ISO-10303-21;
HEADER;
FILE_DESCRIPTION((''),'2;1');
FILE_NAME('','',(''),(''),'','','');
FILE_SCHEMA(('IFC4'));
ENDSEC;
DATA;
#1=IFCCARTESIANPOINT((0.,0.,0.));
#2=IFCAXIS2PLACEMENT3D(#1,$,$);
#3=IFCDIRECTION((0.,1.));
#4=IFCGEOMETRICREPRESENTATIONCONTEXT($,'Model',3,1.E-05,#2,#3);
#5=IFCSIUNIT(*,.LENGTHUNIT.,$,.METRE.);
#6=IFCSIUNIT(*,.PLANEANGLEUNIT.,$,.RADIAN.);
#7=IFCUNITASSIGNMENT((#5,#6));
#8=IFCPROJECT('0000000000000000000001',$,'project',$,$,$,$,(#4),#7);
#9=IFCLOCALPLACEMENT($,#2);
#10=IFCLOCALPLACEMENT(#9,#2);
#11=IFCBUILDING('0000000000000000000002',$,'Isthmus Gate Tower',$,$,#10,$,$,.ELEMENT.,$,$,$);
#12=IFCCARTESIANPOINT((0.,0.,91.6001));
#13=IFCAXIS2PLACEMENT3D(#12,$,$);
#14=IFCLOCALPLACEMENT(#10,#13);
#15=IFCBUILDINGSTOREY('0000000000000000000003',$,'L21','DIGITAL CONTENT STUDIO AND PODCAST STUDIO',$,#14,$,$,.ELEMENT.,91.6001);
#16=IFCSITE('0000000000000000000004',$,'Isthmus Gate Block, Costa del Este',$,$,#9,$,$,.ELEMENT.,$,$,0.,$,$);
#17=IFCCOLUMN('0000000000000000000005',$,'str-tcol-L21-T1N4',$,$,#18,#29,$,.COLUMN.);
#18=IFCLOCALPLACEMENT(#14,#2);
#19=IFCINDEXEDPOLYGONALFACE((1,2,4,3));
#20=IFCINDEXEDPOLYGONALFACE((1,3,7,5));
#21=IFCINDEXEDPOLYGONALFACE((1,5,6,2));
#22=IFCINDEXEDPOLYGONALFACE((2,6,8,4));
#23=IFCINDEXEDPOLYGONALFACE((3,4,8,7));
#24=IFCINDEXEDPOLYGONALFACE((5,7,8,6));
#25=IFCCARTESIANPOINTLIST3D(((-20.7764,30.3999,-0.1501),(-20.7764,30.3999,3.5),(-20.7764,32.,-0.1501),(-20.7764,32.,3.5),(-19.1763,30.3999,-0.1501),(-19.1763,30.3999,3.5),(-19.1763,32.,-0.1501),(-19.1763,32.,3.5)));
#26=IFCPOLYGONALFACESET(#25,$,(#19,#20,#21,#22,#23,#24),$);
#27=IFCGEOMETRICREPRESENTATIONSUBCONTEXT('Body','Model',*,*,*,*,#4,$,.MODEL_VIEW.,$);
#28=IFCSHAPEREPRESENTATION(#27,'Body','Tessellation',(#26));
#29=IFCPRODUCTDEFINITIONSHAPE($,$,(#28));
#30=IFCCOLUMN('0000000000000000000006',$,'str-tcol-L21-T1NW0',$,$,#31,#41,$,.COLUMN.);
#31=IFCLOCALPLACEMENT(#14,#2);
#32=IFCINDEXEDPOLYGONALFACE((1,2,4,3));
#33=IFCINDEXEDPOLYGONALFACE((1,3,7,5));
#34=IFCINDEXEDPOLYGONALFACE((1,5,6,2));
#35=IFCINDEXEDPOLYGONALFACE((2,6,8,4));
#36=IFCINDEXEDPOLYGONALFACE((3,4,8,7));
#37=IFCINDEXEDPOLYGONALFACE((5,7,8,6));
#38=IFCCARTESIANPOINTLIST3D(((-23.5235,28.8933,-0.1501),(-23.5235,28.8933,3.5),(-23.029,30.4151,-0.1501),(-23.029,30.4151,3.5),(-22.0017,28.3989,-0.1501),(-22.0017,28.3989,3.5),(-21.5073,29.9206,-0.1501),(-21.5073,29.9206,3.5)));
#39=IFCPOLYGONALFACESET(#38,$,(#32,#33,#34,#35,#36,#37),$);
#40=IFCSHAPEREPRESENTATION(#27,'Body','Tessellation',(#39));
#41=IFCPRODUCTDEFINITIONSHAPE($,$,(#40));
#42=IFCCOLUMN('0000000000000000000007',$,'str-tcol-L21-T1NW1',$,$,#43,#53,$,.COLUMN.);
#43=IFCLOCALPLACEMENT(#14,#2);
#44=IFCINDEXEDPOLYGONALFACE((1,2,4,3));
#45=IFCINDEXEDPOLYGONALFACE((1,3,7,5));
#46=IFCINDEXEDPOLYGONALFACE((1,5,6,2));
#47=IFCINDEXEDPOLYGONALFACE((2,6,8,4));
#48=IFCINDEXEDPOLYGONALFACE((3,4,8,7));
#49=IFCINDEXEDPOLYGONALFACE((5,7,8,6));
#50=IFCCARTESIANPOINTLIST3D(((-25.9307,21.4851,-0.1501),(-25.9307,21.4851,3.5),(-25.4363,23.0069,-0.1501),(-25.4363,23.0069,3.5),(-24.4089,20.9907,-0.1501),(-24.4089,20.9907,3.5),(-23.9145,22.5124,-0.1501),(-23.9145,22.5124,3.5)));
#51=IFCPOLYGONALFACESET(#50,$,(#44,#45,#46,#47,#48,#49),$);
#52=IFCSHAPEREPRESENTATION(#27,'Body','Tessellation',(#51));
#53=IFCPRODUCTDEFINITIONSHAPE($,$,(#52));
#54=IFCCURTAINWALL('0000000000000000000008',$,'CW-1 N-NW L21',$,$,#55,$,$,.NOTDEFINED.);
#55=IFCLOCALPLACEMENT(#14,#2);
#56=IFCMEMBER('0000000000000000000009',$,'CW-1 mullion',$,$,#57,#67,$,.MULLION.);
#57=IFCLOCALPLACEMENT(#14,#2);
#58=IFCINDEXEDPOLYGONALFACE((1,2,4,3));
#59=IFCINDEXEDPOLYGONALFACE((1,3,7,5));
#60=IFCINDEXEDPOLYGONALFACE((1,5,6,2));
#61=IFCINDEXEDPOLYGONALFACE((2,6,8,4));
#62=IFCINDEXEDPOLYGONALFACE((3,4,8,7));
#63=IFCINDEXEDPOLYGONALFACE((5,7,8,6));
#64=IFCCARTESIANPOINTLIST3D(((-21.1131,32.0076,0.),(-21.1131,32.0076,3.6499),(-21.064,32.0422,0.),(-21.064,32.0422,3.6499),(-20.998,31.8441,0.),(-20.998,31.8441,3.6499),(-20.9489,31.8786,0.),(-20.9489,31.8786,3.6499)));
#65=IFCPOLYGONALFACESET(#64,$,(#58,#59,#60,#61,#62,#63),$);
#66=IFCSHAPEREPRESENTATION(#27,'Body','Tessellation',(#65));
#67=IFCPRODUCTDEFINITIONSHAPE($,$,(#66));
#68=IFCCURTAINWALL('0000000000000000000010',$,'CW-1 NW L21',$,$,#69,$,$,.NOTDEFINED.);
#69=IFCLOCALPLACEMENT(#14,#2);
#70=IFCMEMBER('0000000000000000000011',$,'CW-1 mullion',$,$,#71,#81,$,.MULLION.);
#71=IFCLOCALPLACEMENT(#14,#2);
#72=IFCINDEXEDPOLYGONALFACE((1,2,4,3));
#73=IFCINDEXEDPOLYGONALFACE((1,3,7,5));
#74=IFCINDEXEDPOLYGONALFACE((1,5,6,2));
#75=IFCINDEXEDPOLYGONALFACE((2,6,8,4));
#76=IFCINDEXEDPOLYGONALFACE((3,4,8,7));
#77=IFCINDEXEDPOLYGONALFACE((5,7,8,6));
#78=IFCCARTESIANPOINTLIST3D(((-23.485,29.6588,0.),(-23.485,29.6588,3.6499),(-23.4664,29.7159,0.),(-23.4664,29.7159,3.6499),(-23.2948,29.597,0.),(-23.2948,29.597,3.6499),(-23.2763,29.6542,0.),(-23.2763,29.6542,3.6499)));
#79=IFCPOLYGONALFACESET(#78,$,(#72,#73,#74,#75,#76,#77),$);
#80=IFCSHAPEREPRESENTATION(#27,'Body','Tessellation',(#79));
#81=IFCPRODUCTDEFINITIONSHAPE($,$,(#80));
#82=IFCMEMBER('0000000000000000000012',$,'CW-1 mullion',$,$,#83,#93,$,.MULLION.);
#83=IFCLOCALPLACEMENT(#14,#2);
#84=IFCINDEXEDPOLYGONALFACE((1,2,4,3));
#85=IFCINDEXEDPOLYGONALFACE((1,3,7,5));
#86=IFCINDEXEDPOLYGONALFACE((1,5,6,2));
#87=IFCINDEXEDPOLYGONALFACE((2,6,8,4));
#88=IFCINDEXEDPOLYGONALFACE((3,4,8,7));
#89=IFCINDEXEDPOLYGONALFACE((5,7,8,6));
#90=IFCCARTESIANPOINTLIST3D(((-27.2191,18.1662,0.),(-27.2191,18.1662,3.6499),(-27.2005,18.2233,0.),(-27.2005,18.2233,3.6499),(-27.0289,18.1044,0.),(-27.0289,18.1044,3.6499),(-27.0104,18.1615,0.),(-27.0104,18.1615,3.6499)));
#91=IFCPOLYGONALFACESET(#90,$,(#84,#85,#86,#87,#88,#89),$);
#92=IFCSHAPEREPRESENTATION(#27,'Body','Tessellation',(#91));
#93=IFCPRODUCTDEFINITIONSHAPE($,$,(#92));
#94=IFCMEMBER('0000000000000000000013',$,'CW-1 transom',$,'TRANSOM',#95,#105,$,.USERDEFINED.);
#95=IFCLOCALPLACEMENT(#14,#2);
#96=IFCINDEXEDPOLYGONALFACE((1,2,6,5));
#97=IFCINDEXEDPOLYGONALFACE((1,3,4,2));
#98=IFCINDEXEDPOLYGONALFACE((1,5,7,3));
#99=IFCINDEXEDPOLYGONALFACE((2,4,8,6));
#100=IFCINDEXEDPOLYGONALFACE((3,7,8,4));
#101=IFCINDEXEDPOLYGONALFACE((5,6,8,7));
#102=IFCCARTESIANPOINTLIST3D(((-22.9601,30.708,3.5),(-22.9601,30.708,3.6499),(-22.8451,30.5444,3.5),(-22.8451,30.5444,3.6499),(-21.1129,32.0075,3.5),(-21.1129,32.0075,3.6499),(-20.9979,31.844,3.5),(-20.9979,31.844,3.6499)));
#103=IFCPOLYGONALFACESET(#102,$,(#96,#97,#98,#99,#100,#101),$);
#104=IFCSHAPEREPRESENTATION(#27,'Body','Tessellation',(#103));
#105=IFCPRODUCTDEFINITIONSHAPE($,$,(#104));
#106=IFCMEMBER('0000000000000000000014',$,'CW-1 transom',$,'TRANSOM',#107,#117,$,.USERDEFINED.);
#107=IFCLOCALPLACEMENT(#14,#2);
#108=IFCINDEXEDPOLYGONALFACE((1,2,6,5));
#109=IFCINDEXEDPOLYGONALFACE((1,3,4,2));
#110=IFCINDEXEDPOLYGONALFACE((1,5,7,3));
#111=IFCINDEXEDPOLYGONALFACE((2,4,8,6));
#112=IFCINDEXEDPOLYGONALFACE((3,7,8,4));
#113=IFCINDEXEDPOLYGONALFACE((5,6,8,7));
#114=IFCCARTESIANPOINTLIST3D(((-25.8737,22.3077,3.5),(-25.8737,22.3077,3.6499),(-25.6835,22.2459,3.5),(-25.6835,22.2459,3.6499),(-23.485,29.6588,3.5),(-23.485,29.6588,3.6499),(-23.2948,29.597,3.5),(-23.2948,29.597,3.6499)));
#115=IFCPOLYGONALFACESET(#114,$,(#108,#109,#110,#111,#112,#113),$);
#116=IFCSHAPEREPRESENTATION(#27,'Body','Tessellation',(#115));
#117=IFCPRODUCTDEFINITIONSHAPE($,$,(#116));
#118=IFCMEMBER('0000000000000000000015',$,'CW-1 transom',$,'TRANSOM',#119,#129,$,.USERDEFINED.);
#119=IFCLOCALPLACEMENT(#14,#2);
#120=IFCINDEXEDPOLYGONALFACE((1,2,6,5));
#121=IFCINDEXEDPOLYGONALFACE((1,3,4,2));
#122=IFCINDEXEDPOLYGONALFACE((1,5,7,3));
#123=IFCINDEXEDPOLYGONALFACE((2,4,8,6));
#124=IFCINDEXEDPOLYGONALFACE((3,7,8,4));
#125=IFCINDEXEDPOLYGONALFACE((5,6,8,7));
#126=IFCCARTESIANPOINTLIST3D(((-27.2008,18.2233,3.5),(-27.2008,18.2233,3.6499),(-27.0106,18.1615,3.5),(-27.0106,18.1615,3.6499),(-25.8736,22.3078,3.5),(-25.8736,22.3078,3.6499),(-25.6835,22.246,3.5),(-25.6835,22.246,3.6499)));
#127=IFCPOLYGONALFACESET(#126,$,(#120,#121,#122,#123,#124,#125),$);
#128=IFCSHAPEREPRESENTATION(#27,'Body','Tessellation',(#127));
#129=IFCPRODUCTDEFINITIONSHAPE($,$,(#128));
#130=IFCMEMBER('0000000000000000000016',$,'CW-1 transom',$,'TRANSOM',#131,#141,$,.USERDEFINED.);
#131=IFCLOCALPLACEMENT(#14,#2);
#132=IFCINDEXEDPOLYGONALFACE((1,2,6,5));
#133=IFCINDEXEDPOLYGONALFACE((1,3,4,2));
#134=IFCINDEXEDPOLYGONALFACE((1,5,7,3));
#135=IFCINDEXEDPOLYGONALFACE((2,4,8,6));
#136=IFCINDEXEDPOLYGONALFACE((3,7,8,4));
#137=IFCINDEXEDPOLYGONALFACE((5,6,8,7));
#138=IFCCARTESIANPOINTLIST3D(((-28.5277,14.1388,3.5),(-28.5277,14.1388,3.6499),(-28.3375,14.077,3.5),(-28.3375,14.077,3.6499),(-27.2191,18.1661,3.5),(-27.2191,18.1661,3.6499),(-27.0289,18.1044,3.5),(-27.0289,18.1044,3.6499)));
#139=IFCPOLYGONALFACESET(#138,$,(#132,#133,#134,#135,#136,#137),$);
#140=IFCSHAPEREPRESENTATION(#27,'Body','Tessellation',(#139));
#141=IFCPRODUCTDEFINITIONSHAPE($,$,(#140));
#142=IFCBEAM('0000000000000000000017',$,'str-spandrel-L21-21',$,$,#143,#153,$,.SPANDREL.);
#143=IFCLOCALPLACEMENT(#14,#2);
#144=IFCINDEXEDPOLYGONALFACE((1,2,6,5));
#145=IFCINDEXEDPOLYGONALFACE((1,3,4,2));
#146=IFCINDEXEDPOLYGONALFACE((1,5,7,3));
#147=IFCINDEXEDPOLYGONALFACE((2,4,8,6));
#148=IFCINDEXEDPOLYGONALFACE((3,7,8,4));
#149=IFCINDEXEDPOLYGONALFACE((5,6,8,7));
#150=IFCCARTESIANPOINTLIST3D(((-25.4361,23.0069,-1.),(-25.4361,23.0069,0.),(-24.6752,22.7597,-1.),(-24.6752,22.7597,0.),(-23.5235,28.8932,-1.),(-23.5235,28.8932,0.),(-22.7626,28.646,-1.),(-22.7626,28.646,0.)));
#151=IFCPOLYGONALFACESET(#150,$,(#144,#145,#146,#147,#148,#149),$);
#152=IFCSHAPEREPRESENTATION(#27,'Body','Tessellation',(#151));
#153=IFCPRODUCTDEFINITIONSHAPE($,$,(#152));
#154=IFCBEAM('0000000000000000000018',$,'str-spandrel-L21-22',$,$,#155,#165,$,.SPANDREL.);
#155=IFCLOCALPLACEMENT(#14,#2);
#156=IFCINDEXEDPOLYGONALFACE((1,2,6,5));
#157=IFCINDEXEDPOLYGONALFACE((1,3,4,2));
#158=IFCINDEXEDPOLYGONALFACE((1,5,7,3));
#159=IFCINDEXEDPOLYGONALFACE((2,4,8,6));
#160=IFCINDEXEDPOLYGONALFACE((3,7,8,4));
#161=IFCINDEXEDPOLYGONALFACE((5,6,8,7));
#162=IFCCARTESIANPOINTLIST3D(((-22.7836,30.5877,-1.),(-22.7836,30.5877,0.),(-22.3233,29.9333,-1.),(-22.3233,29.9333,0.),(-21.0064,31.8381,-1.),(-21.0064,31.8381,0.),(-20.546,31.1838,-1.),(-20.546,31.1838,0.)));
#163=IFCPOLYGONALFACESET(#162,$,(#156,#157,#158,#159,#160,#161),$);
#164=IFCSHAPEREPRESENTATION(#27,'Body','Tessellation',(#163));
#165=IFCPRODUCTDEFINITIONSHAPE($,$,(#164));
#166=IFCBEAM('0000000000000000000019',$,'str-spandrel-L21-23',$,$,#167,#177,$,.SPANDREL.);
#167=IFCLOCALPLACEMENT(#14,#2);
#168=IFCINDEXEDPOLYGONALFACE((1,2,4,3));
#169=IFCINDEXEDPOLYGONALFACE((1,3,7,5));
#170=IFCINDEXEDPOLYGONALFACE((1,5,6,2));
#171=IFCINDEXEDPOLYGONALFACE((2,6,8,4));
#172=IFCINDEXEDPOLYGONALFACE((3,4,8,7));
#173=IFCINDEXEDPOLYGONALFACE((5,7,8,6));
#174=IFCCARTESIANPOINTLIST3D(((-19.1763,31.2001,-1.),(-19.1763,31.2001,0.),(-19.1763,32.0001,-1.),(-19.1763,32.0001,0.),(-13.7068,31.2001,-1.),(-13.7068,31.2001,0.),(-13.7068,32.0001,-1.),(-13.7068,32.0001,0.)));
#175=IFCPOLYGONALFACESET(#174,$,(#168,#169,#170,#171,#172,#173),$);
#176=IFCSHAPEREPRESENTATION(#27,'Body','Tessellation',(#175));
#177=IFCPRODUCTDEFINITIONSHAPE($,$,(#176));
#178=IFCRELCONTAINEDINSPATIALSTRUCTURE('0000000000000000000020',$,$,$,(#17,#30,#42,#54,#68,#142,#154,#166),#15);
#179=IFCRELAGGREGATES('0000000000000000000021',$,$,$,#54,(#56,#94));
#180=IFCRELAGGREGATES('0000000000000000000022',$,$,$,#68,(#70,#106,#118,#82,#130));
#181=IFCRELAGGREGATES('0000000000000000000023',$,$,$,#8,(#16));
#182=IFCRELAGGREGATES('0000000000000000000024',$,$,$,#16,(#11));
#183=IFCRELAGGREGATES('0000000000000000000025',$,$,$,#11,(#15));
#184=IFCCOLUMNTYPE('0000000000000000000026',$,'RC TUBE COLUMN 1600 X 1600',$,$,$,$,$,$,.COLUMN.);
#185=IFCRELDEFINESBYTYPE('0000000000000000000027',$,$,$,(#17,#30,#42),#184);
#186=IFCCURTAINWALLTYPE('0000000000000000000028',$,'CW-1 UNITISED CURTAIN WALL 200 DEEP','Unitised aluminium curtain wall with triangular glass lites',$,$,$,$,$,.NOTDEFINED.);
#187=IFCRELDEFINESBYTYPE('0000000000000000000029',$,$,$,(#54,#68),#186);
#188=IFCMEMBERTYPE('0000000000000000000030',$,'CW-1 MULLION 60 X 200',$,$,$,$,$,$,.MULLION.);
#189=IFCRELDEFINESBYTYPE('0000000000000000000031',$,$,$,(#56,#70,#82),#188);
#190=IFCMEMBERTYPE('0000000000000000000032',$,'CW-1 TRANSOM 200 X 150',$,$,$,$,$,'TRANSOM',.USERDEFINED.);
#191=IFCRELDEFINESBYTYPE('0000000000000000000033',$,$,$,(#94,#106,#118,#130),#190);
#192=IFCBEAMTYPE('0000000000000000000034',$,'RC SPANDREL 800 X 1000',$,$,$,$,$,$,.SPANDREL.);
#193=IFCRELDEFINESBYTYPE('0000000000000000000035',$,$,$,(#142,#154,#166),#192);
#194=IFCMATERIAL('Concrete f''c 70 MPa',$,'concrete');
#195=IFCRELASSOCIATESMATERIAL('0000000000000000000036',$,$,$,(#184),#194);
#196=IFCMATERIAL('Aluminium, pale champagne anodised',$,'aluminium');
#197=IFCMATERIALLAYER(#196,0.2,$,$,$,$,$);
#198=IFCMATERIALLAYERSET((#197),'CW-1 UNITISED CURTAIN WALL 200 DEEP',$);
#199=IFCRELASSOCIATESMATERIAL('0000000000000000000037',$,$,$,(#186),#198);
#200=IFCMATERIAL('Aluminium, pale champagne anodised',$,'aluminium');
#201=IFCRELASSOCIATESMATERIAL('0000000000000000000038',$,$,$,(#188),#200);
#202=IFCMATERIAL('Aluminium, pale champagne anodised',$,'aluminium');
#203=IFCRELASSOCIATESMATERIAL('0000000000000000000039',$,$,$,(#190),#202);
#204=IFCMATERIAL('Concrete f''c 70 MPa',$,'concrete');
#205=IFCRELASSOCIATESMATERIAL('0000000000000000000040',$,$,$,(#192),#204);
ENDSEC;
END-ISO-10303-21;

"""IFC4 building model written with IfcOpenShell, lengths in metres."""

from ifc_helpers import new_model, si_unit, direction, frame, origin, origin_2d, place, context, subcontext, project, spatial, rectangle, extrude, material, layer, layer_set, material_profile, profile_set, type_object, element, aggregate, save


model = new_model("IFC4")

# Units and contexts
model_context = context("Model", 3, precision=1e-05, world=origin(), true_north=direction((0.0, 1.0)))
body_context = subcontext(model_context, "Body", "Model", "MODEL_VIEW")
ifc_project = project(units=[si_unit("LENGTHUNIT", "METRE"), si_unit("PLANEANGLEUNIT", "RADIAN")], contexts=[model_context])

# Site, building, storey
site_placement = place(None, origin())
site = spatial("IfcSite", under=ifc_project, at=site_placement, Name="Isthmus Gate Block, Costa del Este", CompositionType="ELEMENT", RefElevation=0.0)
building_placement = place(site_placement, origin())
building = spatial("IfcBuilding", under=site, at=building_placement, Name="Isthmus Gate Tower", CompositionType="ELEMENT")
storey_placement = place(building_placement, frame((0.0, 0.0, 91.6001)))
storey = spatial("IfcBuildingStorey", under=building, at=storey_placement, Name="L21", Description="DIGITAL CONTENT STUDIO AND PODCAST STUDIO", CompositionType="ELEMENT", Elevation=91.6001)

# Columns
ifc_material_1 = material(Name="Concrete f'c 70 MPa", Category="concrete")
ifc_material_profile_1 = material_profile(ifc_material_1, rectangle(XDim=1.6001, YDim=1.6001, at=origin_2d()), Name="RC 1600X1600")
ifc_profile_set_1 = profile_set([ifc_material_profile_1], Name="Concrete f'c 70 MPa")
column_type = type_object("IfcColumnType", Name="RC TUBE COLUMN 1600 X 1600", PredefinedType="COLUMN", material=ifc_profile_set_1)
for number, where, z_axis, x_axis, name in (
    (1, (-19.9763, 31.2, -0.1501), (0.0, 0.0, 1.0), (-1.0, 0.0, 0.0), "str-tcol-L21-T1N4"),
    (2, (-22.5154, 29.407, -0.1501), (0.0, 0.0, 1.0), (-0.309017, -0.951057, 0.0), "str-tcol-L21-T1NW0"),
    (3, (-24.9226, 21.9988, -0.1501), (0.0, 0.0, 1.0), (-0.309017, -0.951057, 0.0), "str-tcol-L21-T1NW1"),
):
    element("IfcColumn", number, at=place(storey_placement, frame(where, z_axis=z_axis, x_axis=x_axis)), inside=storey, type_object=column_type, Name=name, PredefinedType="COLUMN", context=body_context, shape_type="SweptSolid", body=[
        extrude(rectangle(XDim=1.6001, YDim=1.6001, at=origin_2d()), origin(), (0.0, 0.0, 1.0), 3.6501),
    ])

# Curtain wall, member
ifc_material_2 = material(Name="Aluminium, pale champagne anodised", Category="aluminium")
ifc_layer_1 = layer(ifc_material_2, 0.2)
ifc_layer_set_1 = layer_set([ifc_layer_1], Name="CW-1 UNITISED CURTAIN WALL 200 DEEP")
curtain_wall_type = type_object("IfcCurtainWallType", Name="CW-1 UNITISED CURTAIN WALL 200 DEEP", Description="Unitised aluminium curtain wall with triangular glass lites", PredefinedType="NOTDEFINED", material=ifc_layer_set_1)
curtain_wall_1_placement = place(storey_placement, origin())
curtain_wall_1 = element("IfcCurtainWall", 4, at=curtain_wall_1_placement, inside=storey, type_object=curtain_wall_type, Name="CW-1 N-NW L21", PredefinedType="NOTDEFINED")
ifc_material_3 = material(Name="Aluminium, pale champagne anodised", Category="aluminium")
ifc_material_profile_2 = material_profile(ifc_material_3, rectangle(XDim=0.0601, YDim=0.2, at=origin_2d()), Name="60x200")
ifc_profile_set_2 = profile_set([ifc_material_profile_2], Name="Aluminium, pale champagne anodised")
member_type_1 = type_object("IfcMemberType", Name="CW-1 MULLION 60 X 200", PredefinedType="MULLION", material=ifc_profile_set_2)
member_1_placement = place(storey_placement, frame((-21.031, 31.9431, 0.0), z_axis=(0.0, 0.0, 1.0), x_axis=(-0.81786, -0.575418, 0.0)))
member_1 = element("IfcMember", 5, at=member_1_placement, type_object=member_type_1, Name="CW-1 mullion", PredefinedType="MULLION", context=body_context, shape_type="SweptSolid", body=[
    extrude(rectangle(XDim=0.0601, YDim=0.2, at=origin_2d()), origin(), (0.0, 0.0, 1.0), 3.6499),
])

# Curtain wall, members
curtain_wall_2_placement = place(storey_placement, origin())
curtain_wall_2 = element("IfcCurtainWall", 6, at=curtain_wall_2_placement, inside=storey, type_object=curtain_wall_type, Name="CW-1 NW L21", PredefinedType="NOTDEFINED")
member_2_placement = place(storey_placement, frame((-23.3806, 29.6565, 0.0), z_axis=(0.0, 0.0, 1.0), x_axis=(-0.309017, -0.951057, 0.0)))
member_2 = element("IfcMember", 7, at=member_2_placement, type_object=member_type_1, Name="CW-1 mullion", PredefinedType="MULLION", context=body_context, shape_type="SweptSolid", body=[
    extrude(rectangle(XDim=0.0601, YDim=0.2, at=origin_2d()), origin(), (0.0, 0.0, 1.0), 3.6499),
])
member_3_placement = place(storey_placement, frame((-27.1147, 18.1638, 0.0), z_axis=(0.0, 0.0, 1.0), x_axis=(-0.309017, -0.951057, 0.0)))
member_3 = element("IfcMember", 8, at=member_3_placement, type_object=member_type_1, Name="CW-1 mullion", PredefinedType="MULLION", context=body_context, shape_type="SweptSolid", body=[
    extrude(rectangle(XDim=0.0601, YDim=0.2, at=origin_2d()), origin(), (0.0, 0.0, 1.0), 3.6499),
])

# Members
ifc_material_4 = material(Name="Aluminium, pale champagne anodised", Category="aluminium")
ifc_material_profile_3 = material_profile(ifc_material_4, rectangle(XDim=0.2, YDim=0.1499, at=origin_2d()), Name="200x150")
ifc_profile_set_3 = profile_set([ifc_material_profile_3], Name="Aluminium, pale champagne anodised")
member_type_2 = type_object("IfcMemberType", Name="CW-1 TRANSOM 200 X 150", ElementType="TRANSOM", PredefinedType="USERDEFINED", material=ifc_profile_set_3)
member_4_placement = place(storey_placement, frame((-21.0554, 31.9258, 3.575), z_axis=(-0.817869, -0.575405, 0.0), x_axis=(0.575405, -0.817869, 0.0)))
member_4 = element("IfcMember", 9, at=member_4_placement, type_object=member_type_2, Name="CW-1 transom", ObjectType="TRANSOM", PredefinedType="USERDEFINED", context=body_context, shape_type="SweptSolid", body=[
    extrude(rectangle(XDim=0.2, YDim=0.1499, at=origin_2d()), origin(), (0.0, 0.0, 1.0), 2.2585),
])
member_5_placement = place(storey_placement, frame((-23.3899, 29.6279, 3.575), z_axis=(-0.309036, -0.95105, 0.0), x_axis=(0.95105, -0.309036, 0.0)))
member_5 = element("IfcMember", 10, at=member_5_placement, type_object=member_type_2, Name="CW-1 transom", ObjectType="TRANSOM", PredefinedType="USERDEFINED", context=body_context, shape_type="SweptSolid", body=[
    extrude(rectangle(XDim=0.2, YDim=0.1499, at=origin_2d()), origin(), (0.0, 0.0, 1.0), 7.7295),
])
member_6_placement = place(storey_placement, frame((-25.7786, 22.2769, 3.575), z_axis=(-0.309022, -0.951055, 0.0), x_axis=(0.951055, -0.309022, 0.0)))
member_6 = element("IfcMember", 11, at=member_6_placement, type_object=member_type_2, Name="CW-1 transom", ObjectType="TRANSOM", PredefinedType="USERDEFINED", context=body_context, shape_type="SweptSolid", body=[
    extrude(rectangle(XDim=0.2, YDim=0.1499, at=origin_2d()), origin(), (0.0, 0.0, 1.0), 4.2947),
])
member_7_placement = place(storey_placement, frame((-27.124, 18.1353, 3.575), z_axis=(-0.309023, -0.951054, 0.0), x_axis=(0.951054, -0.309023, 0.0)))
member_7 = element("IfcMember", 12, at=member_7_placement, type_object=member_type_2, Name="CW-1 transom", ObjectType="TRANSOM", PredefinedType="USERDEFINED", context=body_context, shape_type="SweptSolid", body=[
    extrude(rectangle(XDim=0.2, YDim=0.1499, at=origin_2d()), origin(), (0.0, 0.0, 1.0), 4.2346),
])

# Beams
ifc_material_5 = material(Name="Concrete f'c 70 MPa", Category="concrete")
ifc_material_profile_4 = material_profile(ifc_material_5, rectangle(XDim=0.8, YDim=1.0, at=origin_2d()), Name="RC 800X1000")
ifc_profile_set_4 = profile_set([ifc_material_profile_4], Name="Concrete f'c 70 MPa")
beam_type_1 = type_object("IfcBeamType", Name="RC SPANDREL 800 X 1000", PredefinedType="SPANDREL", material=ifc_profile_set_4)
beam_1_placement = place(storey_placement, frame((-25.0557, 22.8833, -0.5), z_axis=(0.309024, 0.951054, 0.0), x_axis=(-0.951054, 0.309024, 0.0)))
element("IfcBeam", 13, at=beam_1_placement, inside=storey, type_object=beam_type_1, Name="str-spandrel-L21-21", PredefinedType="SPANDREL", context=body_context, shape_type="SweptSolid", body=[
    extrude(rectangle(XDim=0.8, YDim=1.0, at=origin_2d()), origin(), (0.0, 0.0, 1.0), 6.1892),
])
beam_2_placement = place(storey_placement, frame((-22.5535, 30.2605, -0.5), z_axis=(0.817857, 0.575421, 0.0), x_axis=(-0.575421, 0.817857, 0.0)))
element("IfcBeam", 14, at=beam_2_placement, inside=storey, type_object=beam_type_1, Name="str-spandrel-L21-22", PredefinedType="SPANDREL", context=body_context, shape_type="SweptSolid", body=[
    extrude(rectangle(XDim=0.8, YDim=1.0, at=origin_2d()), origin(), (0.0, 0.0, 1.0), 2.1731),
])
beam_3_placement = place(storey_placement, frame((-19.1763, 31.6001, -0.5), z_axis=(1.0, 0.0, 0.0), x_axis=(0.0, 1.0, 0.0)))
element("IfcBeam", 15, at=beam_3_placement, inside=storey, type_object=beam_type_1, Name="str-spandrel-L21-23", PredefinedType="SPANDREL", context=body_context, shape_type="SweptSolid", body=[
    extrude(rectangle(XDim=0.8, YDim=1.0, at=origin_2d()), origin(), (0.0, 0.0, 1.0), 5.4695),
])

aggregate(curtain_wall_1, [member_1, member_4])

aggregate(curtain_wall_2, [member_2, member_5, member_6, member_3, member_7])

save(model, "model.ifc")
